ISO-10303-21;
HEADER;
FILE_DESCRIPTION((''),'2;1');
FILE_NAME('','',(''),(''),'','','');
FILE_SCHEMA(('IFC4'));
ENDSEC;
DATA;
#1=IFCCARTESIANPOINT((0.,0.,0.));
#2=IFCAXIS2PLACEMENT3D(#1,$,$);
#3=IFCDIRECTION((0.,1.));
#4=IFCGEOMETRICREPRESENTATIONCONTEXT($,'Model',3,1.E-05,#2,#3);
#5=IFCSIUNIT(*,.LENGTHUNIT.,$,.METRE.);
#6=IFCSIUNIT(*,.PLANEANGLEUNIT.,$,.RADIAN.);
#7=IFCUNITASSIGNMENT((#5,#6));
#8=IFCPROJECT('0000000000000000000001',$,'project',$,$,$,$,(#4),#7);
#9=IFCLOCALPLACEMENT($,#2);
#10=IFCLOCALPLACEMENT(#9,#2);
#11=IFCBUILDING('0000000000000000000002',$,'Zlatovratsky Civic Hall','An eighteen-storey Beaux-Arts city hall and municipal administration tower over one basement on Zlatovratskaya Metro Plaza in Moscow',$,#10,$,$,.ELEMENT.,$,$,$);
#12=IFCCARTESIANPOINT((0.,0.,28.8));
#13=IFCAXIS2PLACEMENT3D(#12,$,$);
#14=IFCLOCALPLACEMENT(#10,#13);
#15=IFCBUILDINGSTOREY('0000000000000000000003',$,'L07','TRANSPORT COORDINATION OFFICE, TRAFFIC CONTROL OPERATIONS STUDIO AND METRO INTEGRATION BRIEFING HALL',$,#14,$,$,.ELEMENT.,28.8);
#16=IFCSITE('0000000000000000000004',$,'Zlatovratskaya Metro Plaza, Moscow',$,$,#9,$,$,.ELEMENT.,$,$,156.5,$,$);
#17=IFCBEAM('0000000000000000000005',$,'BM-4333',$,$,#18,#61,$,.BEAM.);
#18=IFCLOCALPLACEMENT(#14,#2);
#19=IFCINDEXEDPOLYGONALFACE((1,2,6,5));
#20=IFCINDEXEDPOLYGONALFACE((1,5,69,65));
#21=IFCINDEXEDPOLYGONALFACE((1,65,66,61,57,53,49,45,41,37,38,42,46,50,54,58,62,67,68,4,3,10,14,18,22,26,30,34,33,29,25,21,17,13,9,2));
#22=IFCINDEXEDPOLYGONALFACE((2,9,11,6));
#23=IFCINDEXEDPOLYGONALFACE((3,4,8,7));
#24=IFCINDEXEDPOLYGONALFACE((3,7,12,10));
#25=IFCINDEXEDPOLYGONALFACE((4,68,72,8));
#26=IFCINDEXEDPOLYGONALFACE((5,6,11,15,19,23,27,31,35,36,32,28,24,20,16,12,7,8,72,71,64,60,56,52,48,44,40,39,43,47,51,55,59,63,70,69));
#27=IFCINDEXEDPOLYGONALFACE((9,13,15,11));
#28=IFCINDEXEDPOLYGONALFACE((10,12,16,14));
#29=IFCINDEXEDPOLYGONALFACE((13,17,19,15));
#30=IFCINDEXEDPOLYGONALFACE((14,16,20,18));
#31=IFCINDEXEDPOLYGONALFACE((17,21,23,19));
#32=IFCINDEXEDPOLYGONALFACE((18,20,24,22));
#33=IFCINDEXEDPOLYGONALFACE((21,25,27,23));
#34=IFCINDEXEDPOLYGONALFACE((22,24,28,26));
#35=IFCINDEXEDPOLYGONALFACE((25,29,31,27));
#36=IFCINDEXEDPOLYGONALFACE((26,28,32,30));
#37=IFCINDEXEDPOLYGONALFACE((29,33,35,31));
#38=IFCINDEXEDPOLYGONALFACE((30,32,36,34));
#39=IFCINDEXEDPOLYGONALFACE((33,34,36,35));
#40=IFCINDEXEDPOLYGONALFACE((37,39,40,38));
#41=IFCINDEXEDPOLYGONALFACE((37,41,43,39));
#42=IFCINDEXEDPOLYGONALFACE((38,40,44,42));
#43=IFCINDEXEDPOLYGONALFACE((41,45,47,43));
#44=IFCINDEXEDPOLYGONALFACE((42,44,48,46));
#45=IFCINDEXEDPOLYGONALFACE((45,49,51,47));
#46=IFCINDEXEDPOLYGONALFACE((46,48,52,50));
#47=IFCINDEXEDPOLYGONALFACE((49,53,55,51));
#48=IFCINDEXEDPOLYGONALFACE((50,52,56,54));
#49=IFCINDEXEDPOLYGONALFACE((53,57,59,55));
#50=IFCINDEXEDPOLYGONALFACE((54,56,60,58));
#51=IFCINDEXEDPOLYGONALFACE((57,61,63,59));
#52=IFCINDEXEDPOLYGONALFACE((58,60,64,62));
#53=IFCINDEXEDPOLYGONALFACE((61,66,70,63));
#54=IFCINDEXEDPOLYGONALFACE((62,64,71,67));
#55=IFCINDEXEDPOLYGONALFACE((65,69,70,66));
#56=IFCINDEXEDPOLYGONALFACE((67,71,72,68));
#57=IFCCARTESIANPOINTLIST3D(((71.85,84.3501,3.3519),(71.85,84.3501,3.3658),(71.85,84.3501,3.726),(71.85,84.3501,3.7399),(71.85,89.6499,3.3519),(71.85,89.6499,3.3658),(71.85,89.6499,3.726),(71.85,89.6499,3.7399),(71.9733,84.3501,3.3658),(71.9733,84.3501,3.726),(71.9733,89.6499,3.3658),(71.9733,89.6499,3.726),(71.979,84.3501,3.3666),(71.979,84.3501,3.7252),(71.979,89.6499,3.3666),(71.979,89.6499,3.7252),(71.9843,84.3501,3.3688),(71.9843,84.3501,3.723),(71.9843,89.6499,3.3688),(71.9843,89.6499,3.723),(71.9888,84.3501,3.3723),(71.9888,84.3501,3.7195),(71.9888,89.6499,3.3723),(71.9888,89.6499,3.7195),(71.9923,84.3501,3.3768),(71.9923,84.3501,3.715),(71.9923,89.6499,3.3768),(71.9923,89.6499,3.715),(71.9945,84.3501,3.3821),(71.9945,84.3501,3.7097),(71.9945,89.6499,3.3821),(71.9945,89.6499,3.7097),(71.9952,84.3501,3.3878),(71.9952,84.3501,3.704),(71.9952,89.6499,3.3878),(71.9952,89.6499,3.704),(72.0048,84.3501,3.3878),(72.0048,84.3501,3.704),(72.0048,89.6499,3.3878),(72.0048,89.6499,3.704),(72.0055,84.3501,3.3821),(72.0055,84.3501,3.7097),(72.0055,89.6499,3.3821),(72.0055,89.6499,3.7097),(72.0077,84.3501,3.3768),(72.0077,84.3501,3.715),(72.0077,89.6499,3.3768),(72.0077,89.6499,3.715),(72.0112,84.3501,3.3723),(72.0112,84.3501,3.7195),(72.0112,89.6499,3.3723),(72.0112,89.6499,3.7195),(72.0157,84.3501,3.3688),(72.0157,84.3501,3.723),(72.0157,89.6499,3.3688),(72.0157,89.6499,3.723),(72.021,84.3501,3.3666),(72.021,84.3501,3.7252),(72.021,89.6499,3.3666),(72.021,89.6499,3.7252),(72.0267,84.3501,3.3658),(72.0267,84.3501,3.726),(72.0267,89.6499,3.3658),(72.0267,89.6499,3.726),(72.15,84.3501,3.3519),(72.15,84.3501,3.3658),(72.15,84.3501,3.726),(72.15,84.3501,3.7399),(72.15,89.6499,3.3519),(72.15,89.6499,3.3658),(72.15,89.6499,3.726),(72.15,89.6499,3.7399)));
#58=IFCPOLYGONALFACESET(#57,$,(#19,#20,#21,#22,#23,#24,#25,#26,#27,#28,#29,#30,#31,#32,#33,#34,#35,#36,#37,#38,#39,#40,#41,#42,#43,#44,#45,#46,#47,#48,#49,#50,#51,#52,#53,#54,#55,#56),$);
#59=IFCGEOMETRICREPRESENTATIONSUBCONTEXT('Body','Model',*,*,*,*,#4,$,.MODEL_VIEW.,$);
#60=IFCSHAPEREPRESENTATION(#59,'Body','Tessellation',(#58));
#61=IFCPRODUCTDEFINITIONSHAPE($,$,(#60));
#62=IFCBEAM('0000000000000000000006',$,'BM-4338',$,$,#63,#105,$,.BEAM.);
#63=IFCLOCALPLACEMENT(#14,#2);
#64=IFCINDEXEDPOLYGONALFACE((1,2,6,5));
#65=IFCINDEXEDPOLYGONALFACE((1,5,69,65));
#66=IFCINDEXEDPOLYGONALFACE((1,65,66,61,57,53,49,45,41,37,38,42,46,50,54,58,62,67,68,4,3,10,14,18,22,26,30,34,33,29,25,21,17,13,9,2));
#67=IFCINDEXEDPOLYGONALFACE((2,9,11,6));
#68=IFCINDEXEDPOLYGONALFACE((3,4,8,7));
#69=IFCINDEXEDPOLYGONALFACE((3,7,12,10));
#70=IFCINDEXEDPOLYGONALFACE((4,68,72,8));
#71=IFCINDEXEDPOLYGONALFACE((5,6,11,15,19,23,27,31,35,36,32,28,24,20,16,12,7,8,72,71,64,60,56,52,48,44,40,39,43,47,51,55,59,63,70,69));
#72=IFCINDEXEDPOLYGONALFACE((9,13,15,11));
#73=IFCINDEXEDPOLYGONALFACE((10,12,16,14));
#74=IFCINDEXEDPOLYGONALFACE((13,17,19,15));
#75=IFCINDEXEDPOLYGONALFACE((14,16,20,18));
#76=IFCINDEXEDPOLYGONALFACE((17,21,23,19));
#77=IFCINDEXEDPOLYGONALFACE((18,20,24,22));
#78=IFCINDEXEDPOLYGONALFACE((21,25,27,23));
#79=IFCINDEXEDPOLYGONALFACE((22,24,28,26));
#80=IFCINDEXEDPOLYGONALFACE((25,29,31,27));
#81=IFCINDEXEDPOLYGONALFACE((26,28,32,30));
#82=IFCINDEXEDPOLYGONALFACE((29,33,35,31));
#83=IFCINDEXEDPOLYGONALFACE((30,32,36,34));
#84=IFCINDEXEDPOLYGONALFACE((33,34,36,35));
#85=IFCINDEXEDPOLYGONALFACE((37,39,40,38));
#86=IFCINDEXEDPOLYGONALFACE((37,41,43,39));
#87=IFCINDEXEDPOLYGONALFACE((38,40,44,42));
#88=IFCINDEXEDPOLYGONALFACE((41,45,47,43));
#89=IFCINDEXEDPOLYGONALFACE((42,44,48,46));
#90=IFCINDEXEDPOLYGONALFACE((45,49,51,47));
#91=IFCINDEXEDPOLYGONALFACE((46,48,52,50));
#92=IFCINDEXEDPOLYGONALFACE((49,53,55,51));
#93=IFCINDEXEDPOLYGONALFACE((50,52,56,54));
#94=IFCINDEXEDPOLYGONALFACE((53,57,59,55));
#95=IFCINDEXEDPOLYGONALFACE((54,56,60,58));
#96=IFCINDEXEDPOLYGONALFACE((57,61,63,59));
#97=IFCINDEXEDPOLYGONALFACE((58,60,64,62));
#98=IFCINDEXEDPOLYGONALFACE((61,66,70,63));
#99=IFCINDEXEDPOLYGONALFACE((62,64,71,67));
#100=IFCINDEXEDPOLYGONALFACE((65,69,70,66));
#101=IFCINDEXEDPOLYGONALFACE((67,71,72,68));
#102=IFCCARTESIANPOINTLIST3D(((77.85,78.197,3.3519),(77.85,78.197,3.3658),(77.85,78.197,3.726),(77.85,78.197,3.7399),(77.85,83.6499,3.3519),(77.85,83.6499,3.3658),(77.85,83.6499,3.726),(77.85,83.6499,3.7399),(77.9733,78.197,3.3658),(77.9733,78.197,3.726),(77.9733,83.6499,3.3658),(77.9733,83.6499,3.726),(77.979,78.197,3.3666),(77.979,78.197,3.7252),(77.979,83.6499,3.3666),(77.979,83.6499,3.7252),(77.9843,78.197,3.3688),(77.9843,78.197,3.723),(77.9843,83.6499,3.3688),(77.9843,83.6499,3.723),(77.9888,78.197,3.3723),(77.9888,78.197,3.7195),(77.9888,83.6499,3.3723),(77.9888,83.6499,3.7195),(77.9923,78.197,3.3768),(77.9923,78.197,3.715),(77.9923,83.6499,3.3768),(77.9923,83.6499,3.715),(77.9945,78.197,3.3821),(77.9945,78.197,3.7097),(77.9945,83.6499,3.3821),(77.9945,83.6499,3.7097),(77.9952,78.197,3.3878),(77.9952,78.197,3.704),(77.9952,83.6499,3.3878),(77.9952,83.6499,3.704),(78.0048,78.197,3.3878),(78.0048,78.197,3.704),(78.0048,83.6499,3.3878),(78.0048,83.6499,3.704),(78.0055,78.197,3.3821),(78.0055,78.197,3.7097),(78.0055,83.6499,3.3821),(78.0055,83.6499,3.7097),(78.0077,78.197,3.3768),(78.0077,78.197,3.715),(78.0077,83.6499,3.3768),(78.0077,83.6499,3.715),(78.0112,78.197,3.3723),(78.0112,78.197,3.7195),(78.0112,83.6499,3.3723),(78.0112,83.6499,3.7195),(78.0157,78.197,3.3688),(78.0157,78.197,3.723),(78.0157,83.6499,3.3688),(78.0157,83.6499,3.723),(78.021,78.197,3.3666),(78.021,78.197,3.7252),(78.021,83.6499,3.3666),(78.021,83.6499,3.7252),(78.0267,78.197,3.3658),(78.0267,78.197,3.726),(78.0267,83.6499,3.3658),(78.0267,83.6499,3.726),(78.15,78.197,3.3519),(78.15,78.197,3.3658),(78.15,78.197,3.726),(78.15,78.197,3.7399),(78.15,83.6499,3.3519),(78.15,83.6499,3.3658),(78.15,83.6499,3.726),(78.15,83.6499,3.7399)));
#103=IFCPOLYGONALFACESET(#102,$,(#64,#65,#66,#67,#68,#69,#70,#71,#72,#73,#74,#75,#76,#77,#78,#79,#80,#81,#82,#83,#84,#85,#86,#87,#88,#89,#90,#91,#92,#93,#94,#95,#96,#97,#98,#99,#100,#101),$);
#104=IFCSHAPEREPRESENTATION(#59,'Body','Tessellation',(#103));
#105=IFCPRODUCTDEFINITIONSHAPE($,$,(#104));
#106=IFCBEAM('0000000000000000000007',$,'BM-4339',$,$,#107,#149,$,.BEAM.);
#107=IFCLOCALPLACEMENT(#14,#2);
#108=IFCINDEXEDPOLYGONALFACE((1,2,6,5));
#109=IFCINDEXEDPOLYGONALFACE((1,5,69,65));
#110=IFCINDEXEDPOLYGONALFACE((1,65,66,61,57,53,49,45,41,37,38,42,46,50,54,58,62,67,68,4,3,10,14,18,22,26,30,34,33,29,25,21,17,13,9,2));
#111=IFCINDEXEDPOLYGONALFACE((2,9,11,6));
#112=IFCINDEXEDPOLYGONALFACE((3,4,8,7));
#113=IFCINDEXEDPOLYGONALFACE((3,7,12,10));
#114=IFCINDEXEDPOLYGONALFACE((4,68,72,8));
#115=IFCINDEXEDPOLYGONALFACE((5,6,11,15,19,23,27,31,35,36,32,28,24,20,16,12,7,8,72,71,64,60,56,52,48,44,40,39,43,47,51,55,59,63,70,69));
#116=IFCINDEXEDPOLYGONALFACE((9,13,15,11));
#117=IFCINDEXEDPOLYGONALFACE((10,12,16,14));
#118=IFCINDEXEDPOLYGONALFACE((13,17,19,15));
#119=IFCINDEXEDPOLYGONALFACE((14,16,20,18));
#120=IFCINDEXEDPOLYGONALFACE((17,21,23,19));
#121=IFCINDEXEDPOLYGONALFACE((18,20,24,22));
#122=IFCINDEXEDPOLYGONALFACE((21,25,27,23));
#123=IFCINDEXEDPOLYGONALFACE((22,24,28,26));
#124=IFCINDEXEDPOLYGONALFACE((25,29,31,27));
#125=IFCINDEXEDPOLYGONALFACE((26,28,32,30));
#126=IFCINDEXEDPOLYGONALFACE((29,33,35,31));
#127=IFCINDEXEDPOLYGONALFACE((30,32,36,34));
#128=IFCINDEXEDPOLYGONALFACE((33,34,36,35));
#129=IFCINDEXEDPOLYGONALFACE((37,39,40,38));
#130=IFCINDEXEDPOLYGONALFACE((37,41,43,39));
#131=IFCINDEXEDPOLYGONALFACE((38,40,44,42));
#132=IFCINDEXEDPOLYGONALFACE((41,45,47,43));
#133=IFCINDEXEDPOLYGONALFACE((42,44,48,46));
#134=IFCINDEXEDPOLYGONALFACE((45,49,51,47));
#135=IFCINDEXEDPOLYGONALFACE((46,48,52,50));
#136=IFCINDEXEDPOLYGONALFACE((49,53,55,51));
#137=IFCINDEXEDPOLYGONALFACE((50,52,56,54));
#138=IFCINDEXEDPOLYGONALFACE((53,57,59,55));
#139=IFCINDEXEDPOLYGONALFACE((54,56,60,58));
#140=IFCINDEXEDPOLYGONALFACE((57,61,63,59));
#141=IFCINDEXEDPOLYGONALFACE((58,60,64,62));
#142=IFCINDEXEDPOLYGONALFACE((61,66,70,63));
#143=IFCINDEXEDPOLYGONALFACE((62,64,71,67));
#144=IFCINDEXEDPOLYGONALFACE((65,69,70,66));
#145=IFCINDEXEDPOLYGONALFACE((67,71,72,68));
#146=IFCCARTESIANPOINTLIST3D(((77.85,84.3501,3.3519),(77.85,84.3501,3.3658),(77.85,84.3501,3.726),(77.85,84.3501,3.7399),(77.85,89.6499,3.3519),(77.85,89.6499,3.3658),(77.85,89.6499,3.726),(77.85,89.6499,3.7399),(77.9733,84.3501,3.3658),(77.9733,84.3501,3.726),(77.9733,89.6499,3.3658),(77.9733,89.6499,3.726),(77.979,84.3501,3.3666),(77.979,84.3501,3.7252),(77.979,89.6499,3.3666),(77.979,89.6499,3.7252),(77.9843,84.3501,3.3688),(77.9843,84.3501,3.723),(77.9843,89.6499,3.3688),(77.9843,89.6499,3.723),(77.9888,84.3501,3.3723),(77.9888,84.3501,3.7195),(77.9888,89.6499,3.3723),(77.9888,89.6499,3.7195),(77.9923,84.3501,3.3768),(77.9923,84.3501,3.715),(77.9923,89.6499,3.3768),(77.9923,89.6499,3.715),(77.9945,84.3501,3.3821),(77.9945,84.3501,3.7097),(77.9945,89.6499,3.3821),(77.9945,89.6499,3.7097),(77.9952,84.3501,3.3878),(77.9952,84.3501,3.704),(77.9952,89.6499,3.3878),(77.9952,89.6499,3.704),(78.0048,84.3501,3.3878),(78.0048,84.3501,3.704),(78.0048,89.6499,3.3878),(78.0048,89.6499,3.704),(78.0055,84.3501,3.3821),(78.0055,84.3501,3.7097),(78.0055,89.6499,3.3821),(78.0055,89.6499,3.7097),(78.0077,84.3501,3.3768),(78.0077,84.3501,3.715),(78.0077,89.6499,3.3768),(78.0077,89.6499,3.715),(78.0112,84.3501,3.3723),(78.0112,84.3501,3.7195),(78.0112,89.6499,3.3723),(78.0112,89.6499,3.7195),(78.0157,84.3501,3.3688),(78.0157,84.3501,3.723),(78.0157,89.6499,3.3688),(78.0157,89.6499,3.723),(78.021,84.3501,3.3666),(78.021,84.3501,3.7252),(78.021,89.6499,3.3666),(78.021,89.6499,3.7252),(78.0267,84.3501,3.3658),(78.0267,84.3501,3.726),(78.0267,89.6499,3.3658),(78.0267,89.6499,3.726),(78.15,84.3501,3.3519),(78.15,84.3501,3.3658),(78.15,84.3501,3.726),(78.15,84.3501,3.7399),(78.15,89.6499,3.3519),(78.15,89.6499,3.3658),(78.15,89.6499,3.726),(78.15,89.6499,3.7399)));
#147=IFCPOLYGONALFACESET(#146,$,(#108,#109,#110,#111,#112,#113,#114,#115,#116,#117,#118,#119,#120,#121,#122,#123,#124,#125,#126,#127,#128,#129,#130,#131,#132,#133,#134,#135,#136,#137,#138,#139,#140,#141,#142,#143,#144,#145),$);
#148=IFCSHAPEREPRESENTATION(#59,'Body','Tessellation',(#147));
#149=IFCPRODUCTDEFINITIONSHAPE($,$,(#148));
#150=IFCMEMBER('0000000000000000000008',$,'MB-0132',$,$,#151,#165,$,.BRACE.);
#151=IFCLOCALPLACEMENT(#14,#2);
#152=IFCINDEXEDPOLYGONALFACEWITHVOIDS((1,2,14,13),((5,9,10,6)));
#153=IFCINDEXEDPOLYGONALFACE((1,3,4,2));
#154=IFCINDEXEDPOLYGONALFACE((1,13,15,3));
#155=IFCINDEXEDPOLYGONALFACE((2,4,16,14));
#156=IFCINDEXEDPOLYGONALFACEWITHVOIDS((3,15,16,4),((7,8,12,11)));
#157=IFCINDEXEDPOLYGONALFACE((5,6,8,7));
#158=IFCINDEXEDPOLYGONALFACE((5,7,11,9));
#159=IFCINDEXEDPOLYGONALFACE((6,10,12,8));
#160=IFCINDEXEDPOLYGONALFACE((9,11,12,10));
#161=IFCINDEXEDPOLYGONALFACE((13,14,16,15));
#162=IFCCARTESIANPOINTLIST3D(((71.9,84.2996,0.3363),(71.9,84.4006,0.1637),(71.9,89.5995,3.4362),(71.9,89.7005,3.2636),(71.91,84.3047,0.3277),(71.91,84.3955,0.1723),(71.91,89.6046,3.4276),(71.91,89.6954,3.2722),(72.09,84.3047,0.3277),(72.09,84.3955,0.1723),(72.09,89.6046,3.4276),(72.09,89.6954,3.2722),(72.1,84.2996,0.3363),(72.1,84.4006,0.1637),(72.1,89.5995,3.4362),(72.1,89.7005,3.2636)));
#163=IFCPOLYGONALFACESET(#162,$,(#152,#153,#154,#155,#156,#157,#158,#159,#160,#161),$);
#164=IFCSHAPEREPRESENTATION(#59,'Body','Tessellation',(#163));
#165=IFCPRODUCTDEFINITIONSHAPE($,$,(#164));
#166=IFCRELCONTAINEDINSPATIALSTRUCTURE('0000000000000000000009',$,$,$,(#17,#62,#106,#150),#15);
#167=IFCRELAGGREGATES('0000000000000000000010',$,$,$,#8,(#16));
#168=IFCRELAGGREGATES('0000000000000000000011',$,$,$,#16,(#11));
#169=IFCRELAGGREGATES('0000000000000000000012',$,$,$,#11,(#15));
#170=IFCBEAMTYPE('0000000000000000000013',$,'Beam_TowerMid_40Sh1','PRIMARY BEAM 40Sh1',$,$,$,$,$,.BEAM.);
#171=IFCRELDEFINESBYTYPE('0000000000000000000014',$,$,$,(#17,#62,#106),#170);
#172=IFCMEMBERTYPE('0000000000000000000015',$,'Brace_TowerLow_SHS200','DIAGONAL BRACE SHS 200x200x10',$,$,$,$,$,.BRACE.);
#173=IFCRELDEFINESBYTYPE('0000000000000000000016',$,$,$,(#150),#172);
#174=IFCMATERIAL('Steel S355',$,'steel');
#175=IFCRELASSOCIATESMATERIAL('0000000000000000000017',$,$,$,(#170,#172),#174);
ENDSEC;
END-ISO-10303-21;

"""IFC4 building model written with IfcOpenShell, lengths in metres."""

from ifc_helpers import new_model, si_unit, direction, frame, origin, origin_2d, place, context, subcontext, project, spatial, hollow_rectangle, i_section, extrude, material, material_profile, profile_set, type_object, element, save


model = new_model("IFC4")

# Units and contexts
model_context = context("Model", 3, precision=1e-05, world=origin(), true_north=direction((0.0, 1.0)))
body_context = subcontext(model_context, "Body", "Model", "MODEL_VIEW")
ifc_project = project(units=[si_unit("LENGTHUNIT", "METRE"), si_unit("PLANEANGLEUNIT", "RADIAN")], contexts=[model_context])

# Site, building, storey
site_placement = place(None, origin())
site = spatial("IfcSite", under=ifc_project, at=site_placement, Name="Zlatovratskaya Metro Plaza, Moscow", CompositionType="ELEMENT", RefElevation=156.5)
building_placement = place(site_placement, origin())
building = spatial("IfcBuilding", under=site, at=building_placement, Name="Zlatovratsky Civic Hall", Description="An eighteen-storey Beaux-Arts city hall and municipal administration tower over one basement on Zlatovratskaya Metro Plaza in Moscow", CompositionType="ELEMENT")
storey_placement = place(building_placement, frame((0.0, 0.0, 28.8)))
storey = spatial("IfcBuildingStorey", under=building, at=storey_placement, Name="L07", Description="TRANSPORT COORDINATION OFFICE, TRAFFIC CONTROL OPERATIONS STUDIO AND METRO INTEGRATION BRIEFING HALL", CompositionType="ELEMENT", Elevation=28.8)

# Beams
ifc_material_1 = material(Name="Steel S355", Category="steel")
ifc_material_profile_1 = material_profile(ifc_material_1, i_section(OverallWidth=0.3, OverallDepth=0.3879, WebThickness=0.0095, FlangeThickness=0.0139, FilletRadius=0.022, at=origin_2d()), Name="40Sh1")
ifc_profile_set_1 = profile_set([ifc_material_profile_1], Name="Steel S355")
beam_type = type_object("IfcBeamType", Name="Beam_TowerMid_40Sh1", Description="PRIMARY BEAM 40Sh1", PredefinedType="BEAM", material=ifc_profile_set_1)
beam_1_placement = place(storey_placement, frame((72.0, 84.3501, 3.5459), z_axis=(0.0, 1.0, 0.0), x_axis=(-1.0, 0.0, 0.0)))
element("IfcBeam", 1, at=beam_1_placement, inside=storey, type_object=beam_type, Name="BM-4333", PredefinedType="BEAM", context=body_context, shape_type="SweptSolid", body=[
    extrude(i_section(OverallWidth=0.3, OverallDepth=0.3879, WebThickness=0.0095, FlangeThickness=0.0139, FilletRadius=0.022, at=origin_2d()), origin(), (0.0, 0.0, 1.0), 5.2998),
])
beam_2_placement = place(storey_placement, frame((78.0, 78.197, 3.5459), z_axis=(0.0, 1.0, 0.0), x_axis=(-1.0, 0.0, 0.0)))
element("IfcBeam", 2, at=beam_2_placement, inside=storey, type_object=beam_type, Name="BM-4338", PredefinedType="BEAM", context=body_context, shape_type="SweptSolid", body=[
    extrude(i_section(OverallWidth=0.3, OverallDepth=0.3879, WebThickness=0.0095, FlangeThickness=0.0139, FilletRadius=0.022, at=origin_2d()), origin(), (0.0, 0.0, 1.0), 5.4529),
])
beam_3_placement = place(storey_placement, frame((78.0, 84.3501, 3.5459), z_axis=(0.0, 1.0, 0.0), x_axis=(-1.0, 0.0, 0.0)))
element("IfcBeam", 3, at=beam_3_placement, inside=storey, type_object=beam_type, Name="BM-4339", PredefinedType="BEAM", context=body_context, shape_type="SweptSolid", body=[
    extrude(i_section(OverallWidth=0.3, OverallDepth=0.3879, WebThickness=0.0095, FlangeThickness=0.0139, FilletRadius=0.022, at=origin_2d()), origin(), (0.0, 0.0, 1.0), 5.2998),
])

# Member
ifc_material_profile_2 = material_profile(ifc_material_1, hollow_rectangle(XDim=0.2, YDim=0.2, WallThickness=0.01, at=origin_2d()), Name="SHS 200x200x10")
ifc_profile_set_2 = profile_set([ifc_material_profile_2], Name="Steel S355")
member_type = type_object("IfcMemberType", Name="Brace_TowerLow_SHS200", Description="DIAGONAL BRACE SHS 200x200x10", PredefinedType="BRACE", material=ifc_profile_set_2)
member_placement = place(storey_placement, frame((72.0, 84.3501, 0.25), z_axis=(0.0, 0.86319, 0.504879), x_axis=(-1.0, 0.0, 0.0)))
element("IfcMember", 4, at=member_placement, inside=storey, type_object=member_type, Name="MB-0132", PredefinedType="BRACE", context=body_context, shape_type="SweptSolid", body=[
    extrude(hollow_rectangle(XDim=0.2, YDim=0.2, WallThickness=0.01, at=origin_2d()), origin(), (0.0, 0.0, 1.0), 6.1399),
])

save(model, "model.ifc")
